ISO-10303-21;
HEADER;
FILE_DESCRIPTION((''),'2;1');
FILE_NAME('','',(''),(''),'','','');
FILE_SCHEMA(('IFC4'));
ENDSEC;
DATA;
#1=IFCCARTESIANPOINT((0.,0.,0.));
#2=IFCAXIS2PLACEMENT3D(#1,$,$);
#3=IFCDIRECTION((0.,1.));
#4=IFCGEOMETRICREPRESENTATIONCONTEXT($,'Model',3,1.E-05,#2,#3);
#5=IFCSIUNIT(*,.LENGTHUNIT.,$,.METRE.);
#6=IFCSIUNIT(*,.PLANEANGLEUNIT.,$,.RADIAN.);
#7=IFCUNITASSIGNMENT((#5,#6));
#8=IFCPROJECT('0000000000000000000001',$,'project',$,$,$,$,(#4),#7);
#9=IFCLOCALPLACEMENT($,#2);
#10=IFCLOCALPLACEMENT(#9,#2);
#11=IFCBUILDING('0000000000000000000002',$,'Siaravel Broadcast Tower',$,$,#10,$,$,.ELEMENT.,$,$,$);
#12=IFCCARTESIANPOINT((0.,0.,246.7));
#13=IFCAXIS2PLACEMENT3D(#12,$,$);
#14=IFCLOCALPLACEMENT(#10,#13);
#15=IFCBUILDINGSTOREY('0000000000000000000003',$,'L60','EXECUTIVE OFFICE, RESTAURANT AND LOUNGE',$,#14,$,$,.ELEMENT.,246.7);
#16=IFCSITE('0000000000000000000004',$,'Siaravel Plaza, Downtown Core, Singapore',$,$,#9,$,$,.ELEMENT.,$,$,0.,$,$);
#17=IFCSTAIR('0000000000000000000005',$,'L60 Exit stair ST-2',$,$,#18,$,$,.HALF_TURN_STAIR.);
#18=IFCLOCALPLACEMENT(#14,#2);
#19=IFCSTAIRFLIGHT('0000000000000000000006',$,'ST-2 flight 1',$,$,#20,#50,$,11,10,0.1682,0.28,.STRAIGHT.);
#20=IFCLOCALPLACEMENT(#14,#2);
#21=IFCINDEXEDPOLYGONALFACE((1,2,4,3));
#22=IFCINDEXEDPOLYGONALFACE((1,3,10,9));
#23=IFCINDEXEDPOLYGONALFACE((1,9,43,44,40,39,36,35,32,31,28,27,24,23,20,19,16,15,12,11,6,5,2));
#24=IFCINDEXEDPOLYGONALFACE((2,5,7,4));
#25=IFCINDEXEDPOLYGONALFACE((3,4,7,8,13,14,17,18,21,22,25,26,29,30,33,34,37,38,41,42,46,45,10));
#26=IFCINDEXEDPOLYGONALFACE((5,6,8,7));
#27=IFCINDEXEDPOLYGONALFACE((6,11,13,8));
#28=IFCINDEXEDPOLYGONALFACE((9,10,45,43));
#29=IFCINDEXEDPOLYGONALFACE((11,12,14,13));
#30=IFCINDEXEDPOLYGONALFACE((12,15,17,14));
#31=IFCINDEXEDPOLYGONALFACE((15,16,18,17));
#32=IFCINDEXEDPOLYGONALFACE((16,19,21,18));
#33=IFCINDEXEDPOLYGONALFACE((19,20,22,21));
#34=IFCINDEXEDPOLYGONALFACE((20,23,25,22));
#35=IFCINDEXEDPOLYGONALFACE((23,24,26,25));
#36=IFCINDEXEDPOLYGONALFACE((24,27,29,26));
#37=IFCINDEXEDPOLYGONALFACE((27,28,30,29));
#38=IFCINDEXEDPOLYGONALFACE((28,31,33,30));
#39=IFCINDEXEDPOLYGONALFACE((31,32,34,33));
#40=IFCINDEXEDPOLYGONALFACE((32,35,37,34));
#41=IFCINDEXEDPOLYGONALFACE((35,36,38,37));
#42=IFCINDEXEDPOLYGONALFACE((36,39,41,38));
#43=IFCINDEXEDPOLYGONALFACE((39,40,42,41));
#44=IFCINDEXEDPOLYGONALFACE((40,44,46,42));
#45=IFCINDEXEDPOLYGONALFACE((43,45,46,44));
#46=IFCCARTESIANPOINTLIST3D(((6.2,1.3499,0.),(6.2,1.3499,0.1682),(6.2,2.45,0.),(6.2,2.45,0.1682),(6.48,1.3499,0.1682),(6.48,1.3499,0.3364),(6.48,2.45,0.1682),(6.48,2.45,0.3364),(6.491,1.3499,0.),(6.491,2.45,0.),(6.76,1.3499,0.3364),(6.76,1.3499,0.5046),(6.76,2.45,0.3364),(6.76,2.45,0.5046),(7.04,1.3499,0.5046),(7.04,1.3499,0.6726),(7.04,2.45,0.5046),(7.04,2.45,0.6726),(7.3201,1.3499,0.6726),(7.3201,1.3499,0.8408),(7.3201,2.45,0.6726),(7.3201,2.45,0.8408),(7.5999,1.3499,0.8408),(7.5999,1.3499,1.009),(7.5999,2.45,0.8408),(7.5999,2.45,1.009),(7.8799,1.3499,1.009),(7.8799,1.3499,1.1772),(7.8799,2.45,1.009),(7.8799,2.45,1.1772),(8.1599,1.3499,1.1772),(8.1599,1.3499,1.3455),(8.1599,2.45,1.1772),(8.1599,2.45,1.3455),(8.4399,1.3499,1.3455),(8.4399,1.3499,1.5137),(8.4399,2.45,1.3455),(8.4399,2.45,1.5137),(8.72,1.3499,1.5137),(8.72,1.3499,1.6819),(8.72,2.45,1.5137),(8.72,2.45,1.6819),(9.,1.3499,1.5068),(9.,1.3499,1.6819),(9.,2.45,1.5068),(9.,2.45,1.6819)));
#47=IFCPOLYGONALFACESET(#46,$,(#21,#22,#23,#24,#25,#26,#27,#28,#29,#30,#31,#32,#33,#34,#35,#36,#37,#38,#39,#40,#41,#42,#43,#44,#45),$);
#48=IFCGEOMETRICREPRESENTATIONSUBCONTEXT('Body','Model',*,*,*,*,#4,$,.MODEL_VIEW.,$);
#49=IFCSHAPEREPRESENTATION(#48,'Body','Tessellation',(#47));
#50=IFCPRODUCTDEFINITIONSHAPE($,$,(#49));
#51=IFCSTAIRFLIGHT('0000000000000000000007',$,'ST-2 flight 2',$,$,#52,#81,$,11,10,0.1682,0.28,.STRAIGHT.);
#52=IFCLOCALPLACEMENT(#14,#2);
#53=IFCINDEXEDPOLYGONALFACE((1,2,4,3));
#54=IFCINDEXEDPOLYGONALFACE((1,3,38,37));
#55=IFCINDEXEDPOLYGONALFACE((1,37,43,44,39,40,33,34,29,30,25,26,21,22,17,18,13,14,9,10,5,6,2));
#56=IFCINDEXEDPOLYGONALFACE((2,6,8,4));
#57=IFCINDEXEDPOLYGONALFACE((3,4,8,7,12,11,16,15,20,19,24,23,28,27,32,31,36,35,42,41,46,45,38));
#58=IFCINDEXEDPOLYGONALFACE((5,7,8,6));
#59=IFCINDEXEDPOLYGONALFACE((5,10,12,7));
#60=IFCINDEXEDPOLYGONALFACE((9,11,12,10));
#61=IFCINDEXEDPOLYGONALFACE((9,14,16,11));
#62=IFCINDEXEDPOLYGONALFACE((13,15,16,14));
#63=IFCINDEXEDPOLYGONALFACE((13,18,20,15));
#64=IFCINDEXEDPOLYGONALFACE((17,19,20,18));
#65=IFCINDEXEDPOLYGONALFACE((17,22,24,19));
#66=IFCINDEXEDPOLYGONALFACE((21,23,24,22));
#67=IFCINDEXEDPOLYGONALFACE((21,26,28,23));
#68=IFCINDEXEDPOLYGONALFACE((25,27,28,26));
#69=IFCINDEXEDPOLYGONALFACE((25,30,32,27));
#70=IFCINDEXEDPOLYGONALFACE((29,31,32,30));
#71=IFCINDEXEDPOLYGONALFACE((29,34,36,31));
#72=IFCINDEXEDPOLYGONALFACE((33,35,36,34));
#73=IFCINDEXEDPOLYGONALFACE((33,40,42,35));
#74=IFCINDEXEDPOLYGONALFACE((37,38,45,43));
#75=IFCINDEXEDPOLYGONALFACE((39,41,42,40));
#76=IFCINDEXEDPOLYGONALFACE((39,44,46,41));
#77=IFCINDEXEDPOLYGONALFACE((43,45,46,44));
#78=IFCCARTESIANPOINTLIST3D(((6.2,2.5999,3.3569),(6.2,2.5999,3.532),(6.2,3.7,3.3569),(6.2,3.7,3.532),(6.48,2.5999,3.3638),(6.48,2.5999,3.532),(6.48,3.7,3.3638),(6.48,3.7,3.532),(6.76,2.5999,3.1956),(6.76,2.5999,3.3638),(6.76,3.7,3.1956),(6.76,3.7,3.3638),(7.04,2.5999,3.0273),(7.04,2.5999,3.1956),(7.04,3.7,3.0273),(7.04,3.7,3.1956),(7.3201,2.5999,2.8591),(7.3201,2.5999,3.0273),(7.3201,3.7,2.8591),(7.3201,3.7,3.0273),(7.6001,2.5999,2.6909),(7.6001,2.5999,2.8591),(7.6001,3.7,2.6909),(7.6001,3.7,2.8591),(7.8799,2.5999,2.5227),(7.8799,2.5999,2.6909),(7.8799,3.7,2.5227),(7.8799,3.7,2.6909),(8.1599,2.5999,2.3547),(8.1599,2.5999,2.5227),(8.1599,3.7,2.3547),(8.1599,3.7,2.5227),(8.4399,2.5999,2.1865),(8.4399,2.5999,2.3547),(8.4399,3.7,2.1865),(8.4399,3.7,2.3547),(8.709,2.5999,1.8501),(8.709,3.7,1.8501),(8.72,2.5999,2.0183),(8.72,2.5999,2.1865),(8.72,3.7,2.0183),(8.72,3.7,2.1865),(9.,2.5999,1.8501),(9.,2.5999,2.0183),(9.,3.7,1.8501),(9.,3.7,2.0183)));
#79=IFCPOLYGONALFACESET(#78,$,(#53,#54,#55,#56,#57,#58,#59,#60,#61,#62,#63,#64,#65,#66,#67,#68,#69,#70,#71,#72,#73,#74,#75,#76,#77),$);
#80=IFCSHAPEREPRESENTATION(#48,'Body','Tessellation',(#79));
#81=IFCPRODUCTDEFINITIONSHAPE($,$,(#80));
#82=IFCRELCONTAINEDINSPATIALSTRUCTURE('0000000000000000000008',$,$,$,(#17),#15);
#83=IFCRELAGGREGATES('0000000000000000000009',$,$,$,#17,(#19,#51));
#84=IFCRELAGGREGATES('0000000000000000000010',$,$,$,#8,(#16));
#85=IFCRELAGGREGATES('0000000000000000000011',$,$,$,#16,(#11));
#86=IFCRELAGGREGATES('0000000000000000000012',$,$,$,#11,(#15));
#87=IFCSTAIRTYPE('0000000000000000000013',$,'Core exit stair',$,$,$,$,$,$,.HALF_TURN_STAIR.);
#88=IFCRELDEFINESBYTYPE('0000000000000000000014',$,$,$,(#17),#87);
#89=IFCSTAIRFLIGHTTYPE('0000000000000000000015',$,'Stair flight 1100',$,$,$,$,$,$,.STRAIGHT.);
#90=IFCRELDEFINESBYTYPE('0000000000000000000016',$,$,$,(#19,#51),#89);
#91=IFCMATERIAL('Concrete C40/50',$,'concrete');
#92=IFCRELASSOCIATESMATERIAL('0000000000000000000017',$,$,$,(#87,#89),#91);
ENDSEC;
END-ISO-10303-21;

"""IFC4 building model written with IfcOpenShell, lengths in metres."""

from ifc_helpers import new_model, si_unit, direction, frame, origin, place, context, subcontext, project, spatial, polyline, outline, extrude, material, type_object, element, aggregate, save


model = new_model("IFC4")

# Units and contexts
model_context = context("Model", 3, precision=1e-05, world=origin(), true_north=direction((0.0, 1.0)))
body_context = subcontext(model_context, "Body", "Model", "MODEL_VIEW")
ifc_project = project(units=[si_unit("LENGTHUNIT", "METRE"), si_unit("PLANEANGLEUNIT", "RADIAN")], contexts=[model_context])

# Site, building, storey
site_placement = place(None, origin())
site = spatial("IfcSite", under=ifc_project, at=site_placement, Name="Siaravel Plaza, Downtown Core, Singapore", CompositionType="ELEMENT", RefElevation=0.0)
building_placement = place(site_placement, origin())
building = spatial("IfcBuilding", under=site, at=building_placement, Name="Siaravel Broadcast Tower", CompositionType="ELEMENT")
storey_placement = place(building_placement, frame((0.0, 0.0, 246.7)))
storey = spatial("IfcBuildingStorey", under=building, at=storey_placement, Name="L60", Description="EXECUTIVE OFFICE, RESTAURANT AND LOUNGE", CompositionType="ELEMENT", Elevation=246.7)

# Stair, stair flights
ifc_material_1 = material(Name="Concrete C40/50", Category="concrete")
stair_type = type_object("IfcStairType", Name="Core exit stair", PredefinedType="HALF_TURN_STAIR", material=ifc_material_1)
stair_placement = place(storey_placement, origin())
stair = element("IfcStair", 1, at=stair_placement, inside=storey, type_object=stair_type, Name="L60 Exit stair ST-2", PredefinedType="HALF_TURN_STAIR")
stair_flight_type = type_object("IfcStairFlightType", Name="Stair flight 1100", PredefinedType="STRAIGHT", material=ifc_material_1)
stair_flight_1_placement = place(storey_placement, frame((6.2, 1.8999, 0.0), z_axis=(0.0, 0.0, 1.0), x_axis=(1.0, 0.0, 0.0)))
stair_flight_1 = element("IfcStairFlight", 2, at=stair_flight_1_placement, type_object=stair_flight_type, Name="ST-2 flight 1", NumberOfRisers=11, NumberOfTreads=10, PredefinedType="STRAIGHT", RiserHeight=0.1682, TreadLength=0.28, context=body_context, shape_type="SweptSolid", body=[
    extrude(outline(polyline([(0.0, 0.0), (0.0, 0.1682), (0.28, 0.1682), (0.28, 0.3364), (0.5601, 0.3364), (0.5601, 0.5046), (0.8401, 0.5046), (0.8401, 0.6726), (1.1201, 0.6726), (1.1201, 0.8408), (1.3999, 0.8408), (1.3999, 1.009), (1.6799, 1.009), (1.6799, 1.1772), (1.96, 1.1772), (1.96, 1.3455), (2.24, 1.3455), (2.24, 1.5137), (2.52, 1.5137), (2.52, 1.6819), (2.8, 1.6819), (2.8, 1.8501), (2.8, 1.5068), (0.291, 0.0), (0.0, 0.0)])), frame((0.0, 0.55, 0.0), z_axis=(0.0, -1.0, 0.0), x_axis=(1.0, 0.0, 0.0)), (0.0, 0.0, 1.0), 1.1001),
])
stair_flight_2_placement = place(storey_placement, frame((9.0, 3.1499, 1.8501), z_axis=(0.0, 0.0, 1.0), x_axis=(-1.0, 0.0, 0.0)))
stair_flight_2 = element("IfcStairFlight", 3, at=stair_flight_2_placement, type_object=stair_flight_type, Name="ST-2 flight 2", NumberOfRisers=11, NumberOfTreads=10, PredefinedType="STRAIGHT", RiserHeight=0.1682, TreadLength=0.28, context=body_context, shape_type="SweptSolid", body=[
    extrude(outline(polyline([(0.0, 0.0), (0.0, 0.1682), (0.28, 0.1682), (0.28, 0.3364), (0.5601, 0.3364), (0.5601, 0.5046), (0.8401, 0.5046), (0.8401, 0.6726), (1.1201, 0.6726), (1.1201, 0.8408), (1.3999, 0.8408), (1.3999, 1.009), (1.6799, 1.009), (1.6799, 1.1772), (1.96, 1.1772), (1.96, 1.3455), (2.24, 1.3455), (2.24, 1.5137), (2.52, 1.5137), (2.52, 1.6819), (2.8, 1.6819), (2.8, 1.8501), (2.8, 1.5068), (0.291, 0.0), (0.0, 0.0)])), frame((0.0, 0.55, 0.0), z_axis=(0.0, -1.0, 0.0), x_axis=(1.0, 0.0, 0.0)), (0.0, 0.0, 1.0), 1.1001),
])
aggregate(stair, [stair_flight_1, stair_flight_2])

save(model, "model.ifc")
